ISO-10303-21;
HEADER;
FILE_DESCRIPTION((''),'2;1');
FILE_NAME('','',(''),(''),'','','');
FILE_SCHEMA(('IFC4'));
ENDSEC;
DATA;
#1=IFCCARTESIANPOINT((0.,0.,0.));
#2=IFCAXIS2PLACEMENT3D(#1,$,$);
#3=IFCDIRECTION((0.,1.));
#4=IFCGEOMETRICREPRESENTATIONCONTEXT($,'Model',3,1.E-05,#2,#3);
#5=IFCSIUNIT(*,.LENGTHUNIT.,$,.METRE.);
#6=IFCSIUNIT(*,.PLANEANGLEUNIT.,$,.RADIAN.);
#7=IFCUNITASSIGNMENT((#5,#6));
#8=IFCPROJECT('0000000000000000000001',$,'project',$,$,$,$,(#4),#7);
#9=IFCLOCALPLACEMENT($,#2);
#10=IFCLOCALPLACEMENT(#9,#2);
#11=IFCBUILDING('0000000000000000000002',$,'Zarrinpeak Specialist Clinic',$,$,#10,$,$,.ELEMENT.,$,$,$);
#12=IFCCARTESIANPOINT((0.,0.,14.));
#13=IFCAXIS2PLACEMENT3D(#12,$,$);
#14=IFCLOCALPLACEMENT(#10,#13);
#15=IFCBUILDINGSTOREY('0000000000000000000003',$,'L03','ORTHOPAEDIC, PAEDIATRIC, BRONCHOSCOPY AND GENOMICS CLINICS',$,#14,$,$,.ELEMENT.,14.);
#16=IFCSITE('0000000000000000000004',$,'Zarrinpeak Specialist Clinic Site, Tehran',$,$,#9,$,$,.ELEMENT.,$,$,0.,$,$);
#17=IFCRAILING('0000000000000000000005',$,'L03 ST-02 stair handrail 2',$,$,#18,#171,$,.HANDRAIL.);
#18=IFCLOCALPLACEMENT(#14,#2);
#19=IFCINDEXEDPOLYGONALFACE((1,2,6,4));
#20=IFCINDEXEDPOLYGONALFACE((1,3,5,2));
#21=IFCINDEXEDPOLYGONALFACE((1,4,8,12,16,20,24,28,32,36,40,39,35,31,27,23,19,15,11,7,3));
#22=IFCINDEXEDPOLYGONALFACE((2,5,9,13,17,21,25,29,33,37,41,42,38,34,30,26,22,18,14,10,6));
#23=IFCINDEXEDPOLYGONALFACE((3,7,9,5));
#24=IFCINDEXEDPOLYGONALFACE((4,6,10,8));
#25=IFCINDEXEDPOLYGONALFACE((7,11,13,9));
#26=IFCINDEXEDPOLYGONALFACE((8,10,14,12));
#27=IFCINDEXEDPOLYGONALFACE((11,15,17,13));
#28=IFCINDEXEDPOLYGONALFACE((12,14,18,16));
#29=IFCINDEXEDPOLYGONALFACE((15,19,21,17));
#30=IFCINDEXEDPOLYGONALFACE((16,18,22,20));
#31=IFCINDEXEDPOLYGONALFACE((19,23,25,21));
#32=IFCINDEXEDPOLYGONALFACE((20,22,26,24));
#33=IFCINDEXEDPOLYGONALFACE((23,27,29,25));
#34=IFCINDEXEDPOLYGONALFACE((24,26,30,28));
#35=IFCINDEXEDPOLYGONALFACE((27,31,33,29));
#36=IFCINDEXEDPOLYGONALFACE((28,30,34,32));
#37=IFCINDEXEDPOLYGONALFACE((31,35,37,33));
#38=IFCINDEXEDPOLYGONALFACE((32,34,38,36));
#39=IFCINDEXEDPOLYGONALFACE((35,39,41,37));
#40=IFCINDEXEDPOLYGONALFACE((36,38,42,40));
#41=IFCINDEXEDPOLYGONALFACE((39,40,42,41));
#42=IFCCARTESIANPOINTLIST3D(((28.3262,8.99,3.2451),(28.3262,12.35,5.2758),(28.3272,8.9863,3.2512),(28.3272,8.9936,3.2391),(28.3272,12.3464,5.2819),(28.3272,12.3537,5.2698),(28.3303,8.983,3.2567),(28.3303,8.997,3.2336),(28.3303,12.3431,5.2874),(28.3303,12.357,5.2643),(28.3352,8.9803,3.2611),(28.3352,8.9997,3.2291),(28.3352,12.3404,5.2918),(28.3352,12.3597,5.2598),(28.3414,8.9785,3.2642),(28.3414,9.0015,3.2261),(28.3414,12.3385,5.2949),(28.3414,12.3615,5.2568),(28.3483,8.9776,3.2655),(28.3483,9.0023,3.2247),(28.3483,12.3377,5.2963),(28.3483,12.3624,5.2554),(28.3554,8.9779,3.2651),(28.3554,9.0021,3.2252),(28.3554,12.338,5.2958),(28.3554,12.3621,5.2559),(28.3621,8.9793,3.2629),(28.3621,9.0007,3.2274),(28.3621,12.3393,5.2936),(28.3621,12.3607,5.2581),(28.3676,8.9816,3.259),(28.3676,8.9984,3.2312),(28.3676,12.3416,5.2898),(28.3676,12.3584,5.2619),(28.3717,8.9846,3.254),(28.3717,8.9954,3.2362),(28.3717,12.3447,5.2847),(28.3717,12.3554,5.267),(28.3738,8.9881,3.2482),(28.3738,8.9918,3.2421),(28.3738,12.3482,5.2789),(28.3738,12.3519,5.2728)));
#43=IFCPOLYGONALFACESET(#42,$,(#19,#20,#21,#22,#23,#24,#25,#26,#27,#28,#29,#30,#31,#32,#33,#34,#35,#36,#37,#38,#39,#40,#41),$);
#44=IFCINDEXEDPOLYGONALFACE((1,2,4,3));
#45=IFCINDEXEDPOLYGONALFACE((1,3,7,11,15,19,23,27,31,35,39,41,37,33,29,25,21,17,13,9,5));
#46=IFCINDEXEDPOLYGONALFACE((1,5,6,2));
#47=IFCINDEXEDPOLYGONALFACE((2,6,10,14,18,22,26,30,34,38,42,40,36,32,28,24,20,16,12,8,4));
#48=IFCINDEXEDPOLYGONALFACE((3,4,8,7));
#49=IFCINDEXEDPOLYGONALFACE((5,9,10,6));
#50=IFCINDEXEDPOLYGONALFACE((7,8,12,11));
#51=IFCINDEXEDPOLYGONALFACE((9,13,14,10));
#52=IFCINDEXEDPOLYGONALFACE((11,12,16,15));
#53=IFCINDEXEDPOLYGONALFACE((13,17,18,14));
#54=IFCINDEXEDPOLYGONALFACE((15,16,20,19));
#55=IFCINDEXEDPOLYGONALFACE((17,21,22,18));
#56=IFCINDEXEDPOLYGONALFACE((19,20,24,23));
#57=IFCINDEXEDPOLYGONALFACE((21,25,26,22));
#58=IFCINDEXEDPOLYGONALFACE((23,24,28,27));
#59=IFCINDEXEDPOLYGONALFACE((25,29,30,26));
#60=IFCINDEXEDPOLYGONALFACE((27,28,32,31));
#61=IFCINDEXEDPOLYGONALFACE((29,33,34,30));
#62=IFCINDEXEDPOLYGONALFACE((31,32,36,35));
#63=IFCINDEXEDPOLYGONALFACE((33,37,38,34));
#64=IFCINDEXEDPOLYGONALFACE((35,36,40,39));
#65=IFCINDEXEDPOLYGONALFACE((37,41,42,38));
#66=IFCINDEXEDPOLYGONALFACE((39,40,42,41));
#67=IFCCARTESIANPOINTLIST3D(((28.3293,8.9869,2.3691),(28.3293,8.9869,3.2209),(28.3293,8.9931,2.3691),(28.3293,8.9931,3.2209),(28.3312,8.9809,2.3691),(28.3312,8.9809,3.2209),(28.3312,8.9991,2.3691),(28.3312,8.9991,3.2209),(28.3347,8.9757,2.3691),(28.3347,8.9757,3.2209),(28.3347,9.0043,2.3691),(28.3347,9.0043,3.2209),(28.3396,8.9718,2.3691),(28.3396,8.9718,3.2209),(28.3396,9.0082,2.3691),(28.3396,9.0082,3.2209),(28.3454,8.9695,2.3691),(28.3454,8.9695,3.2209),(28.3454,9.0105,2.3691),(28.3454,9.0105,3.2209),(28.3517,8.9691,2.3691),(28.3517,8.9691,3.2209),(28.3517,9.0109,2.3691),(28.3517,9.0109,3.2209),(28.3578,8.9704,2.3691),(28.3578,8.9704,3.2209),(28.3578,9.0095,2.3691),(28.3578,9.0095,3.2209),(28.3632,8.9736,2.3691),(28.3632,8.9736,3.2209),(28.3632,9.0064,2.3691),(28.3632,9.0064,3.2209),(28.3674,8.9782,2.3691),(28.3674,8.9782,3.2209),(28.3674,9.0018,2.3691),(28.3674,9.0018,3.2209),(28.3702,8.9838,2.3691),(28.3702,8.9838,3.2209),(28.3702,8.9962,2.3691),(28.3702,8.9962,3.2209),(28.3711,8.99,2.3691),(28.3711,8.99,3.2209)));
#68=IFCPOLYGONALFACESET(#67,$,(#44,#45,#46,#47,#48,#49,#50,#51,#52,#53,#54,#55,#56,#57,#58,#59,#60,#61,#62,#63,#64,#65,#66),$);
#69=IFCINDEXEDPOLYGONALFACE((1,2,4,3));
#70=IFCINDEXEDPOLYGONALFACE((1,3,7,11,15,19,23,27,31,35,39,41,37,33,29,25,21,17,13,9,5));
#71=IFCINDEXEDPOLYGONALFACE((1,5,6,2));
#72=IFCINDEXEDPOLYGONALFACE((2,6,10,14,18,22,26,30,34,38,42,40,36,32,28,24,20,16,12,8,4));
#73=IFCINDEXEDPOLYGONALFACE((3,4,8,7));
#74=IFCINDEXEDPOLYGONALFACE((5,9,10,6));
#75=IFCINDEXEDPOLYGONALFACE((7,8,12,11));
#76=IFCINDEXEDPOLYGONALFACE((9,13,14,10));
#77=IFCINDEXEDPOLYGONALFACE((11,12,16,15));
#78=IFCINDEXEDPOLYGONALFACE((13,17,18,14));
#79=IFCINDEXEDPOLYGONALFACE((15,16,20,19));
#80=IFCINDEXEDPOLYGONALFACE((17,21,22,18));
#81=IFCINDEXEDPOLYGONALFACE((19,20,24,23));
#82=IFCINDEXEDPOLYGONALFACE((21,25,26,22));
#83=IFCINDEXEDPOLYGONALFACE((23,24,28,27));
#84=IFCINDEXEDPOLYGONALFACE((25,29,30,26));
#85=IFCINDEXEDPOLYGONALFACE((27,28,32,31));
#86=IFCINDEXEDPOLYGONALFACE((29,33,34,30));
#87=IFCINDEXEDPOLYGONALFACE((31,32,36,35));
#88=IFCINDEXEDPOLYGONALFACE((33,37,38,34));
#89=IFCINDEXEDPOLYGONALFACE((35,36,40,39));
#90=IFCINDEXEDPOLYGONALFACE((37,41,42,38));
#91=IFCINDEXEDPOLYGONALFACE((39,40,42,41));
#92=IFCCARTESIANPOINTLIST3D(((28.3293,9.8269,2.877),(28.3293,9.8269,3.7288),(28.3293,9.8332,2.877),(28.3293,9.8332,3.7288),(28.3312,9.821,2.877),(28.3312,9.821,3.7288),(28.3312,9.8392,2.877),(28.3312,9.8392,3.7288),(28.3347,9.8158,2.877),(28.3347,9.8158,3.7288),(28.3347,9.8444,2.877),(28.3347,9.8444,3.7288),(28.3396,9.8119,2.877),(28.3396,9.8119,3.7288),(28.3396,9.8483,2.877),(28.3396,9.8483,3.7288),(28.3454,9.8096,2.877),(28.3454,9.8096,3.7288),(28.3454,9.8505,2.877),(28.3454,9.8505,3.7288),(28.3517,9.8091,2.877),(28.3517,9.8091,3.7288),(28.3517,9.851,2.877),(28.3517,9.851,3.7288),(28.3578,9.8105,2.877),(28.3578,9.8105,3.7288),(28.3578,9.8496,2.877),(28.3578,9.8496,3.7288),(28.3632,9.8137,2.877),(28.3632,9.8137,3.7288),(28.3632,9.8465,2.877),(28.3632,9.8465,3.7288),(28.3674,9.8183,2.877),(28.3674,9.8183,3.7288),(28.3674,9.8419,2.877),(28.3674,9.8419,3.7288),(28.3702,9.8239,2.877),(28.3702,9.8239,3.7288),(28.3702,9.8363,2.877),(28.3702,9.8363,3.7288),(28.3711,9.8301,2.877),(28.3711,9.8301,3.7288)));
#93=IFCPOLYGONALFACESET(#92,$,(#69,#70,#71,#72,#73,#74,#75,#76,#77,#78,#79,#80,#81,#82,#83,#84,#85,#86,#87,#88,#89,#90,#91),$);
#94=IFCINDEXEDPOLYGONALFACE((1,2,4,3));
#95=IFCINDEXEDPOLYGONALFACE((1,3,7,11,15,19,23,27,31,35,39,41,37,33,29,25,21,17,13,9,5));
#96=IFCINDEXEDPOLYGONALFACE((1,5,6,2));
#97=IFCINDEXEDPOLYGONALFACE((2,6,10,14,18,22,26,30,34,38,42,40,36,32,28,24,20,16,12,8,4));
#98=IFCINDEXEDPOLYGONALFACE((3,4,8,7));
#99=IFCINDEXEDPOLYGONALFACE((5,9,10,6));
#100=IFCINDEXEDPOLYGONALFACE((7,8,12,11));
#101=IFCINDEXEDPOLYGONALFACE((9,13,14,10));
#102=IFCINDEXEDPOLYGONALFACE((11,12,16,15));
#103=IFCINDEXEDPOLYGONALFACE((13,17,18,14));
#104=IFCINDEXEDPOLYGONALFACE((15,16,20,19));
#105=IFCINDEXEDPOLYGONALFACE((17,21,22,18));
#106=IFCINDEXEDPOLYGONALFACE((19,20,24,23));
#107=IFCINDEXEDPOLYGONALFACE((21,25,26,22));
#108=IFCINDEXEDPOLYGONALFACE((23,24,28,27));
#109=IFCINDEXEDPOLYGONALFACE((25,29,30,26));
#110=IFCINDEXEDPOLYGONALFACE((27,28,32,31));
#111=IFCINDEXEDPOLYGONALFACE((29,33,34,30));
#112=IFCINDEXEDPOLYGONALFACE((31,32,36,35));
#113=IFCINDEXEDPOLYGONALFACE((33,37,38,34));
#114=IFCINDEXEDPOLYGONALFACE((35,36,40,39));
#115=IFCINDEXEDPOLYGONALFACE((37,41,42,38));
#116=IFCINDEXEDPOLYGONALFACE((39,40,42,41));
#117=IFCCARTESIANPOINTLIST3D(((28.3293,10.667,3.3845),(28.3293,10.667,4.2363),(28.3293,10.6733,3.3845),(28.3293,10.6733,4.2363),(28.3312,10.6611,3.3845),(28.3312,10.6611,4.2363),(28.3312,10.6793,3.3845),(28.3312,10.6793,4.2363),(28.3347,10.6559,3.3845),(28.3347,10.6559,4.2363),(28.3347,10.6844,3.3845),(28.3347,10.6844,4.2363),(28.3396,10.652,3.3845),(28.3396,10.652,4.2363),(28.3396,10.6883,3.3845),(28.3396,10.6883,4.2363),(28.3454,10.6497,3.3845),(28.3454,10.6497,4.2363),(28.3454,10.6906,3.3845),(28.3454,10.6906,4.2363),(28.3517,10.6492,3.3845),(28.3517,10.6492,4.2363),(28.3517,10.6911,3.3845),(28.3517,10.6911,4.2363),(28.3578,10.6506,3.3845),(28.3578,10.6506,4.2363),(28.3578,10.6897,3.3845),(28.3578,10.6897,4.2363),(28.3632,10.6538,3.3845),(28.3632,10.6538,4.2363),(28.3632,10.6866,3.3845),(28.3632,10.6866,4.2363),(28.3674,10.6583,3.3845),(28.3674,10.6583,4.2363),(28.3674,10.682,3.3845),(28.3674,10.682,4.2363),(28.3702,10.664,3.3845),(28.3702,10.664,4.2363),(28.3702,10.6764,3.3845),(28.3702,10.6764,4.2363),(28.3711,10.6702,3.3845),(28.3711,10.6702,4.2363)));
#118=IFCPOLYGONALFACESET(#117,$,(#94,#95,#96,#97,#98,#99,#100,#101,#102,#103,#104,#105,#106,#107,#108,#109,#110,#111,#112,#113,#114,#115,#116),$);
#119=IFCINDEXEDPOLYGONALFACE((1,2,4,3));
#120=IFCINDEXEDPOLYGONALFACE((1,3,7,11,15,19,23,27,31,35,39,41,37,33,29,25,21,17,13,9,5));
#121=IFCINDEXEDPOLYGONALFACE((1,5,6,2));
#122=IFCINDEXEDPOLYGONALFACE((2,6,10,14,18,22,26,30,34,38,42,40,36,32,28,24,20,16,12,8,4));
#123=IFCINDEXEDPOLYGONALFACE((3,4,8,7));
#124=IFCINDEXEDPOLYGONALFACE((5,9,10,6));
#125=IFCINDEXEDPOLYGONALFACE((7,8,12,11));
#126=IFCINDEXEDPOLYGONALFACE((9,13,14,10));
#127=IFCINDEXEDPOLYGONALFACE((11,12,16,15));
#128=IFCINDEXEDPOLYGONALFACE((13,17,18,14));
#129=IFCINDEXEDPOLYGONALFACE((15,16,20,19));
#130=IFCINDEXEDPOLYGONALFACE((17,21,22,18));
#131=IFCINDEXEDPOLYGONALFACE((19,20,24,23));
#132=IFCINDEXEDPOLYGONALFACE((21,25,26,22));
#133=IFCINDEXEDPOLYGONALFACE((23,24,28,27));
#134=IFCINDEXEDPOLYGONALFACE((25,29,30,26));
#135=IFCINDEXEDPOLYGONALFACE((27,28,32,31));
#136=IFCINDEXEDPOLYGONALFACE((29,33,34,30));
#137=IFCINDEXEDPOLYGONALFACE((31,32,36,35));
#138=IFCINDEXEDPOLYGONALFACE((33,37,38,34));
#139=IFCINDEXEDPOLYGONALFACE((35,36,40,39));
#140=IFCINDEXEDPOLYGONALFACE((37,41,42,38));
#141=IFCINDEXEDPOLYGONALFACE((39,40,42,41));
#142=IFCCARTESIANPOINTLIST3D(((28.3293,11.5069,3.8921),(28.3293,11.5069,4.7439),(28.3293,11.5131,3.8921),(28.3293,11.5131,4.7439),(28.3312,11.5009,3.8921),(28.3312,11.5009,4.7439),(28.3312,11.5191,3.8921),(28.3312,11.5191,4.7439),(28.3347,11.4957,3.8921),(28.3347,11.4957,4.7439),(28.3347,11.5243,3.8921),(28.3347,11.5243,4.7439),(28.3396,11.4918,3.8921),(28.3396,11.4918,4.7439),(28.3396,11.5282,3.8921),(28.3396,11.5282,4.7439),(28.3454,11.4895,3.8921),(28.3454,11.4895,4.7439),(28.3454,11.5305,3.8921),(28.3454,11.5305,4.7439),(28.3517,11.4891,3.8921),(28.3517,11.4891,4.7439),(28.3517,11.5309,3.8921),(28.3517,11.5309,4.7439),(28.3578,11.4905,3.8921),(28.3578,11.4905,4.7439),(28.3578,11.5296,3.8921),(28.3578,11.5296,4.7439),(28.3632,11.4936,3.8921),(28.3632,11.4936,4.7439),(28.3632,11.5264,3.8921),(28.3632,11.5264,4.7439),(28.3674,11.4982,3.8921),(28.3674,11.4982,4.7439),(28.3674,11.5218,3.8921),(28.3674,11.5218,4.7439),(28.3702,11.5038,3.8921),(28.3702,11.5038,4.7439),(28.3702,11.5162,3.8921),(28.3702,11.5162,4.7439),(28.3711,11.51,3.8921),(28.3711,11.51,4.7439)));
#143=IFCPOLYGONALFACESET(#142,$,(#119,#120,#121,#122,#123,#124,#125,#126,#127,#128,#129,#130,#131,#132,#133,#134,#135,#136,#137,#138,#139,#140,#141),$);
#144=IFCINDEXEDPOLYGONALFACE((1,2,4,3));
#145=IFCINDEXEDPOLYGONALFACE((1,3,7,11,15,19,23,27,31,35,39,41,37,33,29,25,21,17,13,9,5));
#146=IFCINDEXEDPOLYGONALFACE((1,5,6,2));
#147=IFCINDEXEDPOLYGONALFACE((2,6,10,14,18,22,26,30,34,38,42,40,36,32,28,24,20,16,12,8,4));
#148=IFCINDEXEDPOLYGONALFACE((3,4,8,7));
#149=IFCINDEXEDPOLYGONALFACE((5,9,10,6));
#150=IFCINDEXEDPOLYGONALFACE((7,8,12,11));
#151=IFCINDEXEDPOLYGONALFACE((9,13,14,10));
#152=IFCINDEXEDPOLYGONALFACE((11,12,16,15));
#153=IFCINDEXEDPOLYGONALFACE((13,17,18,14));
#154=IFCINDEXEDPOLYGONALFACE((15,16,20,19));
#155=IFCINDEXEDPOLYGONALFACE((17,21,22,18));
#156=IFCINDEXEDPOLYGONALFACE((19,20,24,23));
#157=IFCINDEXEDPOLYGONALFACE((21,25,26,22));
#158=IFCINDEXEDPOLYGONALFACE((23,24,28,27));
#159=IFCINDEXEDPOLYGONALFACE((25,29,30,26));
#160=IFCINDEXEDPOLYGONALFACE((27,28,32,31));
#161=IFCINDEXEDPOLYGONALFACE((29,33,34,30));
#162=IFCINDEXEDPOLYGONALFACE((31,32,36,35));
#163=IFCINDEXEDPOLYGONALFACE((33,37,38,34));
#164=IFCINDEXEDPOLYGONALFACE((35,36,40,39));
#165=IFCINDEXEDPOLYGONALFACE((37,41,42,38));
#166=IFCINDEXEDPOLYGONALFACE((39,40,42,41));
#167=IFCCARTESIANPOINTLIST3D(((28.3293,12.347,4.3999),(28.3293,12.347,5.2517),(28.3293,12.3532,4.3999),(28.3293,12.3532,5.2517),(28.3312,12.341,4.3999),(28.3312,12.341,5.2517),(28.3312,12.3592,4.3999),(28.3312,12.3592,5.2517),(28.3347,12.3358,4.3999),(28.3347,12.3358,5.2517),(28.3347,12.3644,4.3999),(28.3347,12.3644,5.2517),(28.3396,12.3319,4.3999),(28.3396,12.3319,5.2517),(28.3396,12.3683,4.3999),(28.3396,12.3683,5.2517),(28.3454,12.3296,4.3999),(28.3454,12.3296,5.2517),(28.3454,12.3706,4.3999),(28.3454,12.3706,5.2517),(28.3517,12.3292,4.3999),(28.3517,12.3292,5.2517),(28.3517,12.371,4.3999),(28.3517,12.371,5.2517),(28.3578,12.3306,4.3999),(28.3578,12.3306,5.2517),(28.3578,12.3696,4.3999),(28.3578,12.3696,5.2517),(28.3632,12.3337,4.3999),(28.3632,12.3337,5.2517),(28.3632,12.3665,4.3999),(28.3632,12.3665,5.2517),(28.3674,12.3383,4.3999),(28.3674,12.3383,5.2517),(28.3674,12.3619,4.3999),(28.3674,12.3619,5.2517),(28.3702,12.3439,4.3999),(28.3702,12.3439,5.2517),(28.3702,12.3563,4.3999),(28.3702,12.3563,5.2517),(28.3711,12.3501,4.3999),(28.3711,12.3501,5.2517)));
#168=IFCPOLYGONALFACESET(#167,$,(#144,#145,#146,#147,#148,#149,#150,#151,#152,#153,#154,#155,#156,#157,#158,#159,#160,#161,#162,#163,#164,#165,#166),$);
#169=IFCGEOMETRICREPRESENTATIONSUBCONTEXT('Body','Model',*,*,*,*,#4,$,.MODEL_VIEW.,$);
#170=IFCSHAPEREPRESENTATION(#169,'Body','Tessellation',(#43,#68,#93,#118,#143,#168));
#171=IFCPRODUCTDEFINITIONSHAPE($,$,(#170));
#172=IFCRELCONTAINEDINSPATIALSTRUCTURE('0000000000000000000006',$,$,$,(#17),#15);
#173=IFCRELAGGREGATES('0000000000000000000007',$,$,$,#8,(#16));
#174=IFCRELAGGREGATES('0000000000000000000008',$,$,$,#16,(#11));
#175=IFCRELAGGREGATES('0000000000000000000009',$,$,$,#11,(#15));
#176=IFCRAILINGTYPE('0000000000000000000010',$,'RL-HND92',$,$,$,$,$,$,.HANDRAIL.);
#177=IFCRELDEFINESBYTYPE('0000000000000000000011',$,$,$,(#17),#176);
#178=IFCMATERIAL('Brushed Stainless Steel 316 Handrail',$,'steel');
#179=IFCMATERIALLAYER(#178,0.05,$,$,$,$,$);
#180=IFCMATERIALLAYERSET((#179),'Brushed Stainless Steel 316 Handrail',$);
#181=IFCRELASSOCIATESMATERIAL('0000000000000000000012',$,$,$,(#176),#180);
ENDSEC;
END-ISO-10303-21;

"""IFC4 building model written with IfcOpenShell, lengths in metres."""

from ifc_helpers import new_model, si_unit, direction, frame, origin, origin_2d, place, context, subcontext, project, spatial, circle, extrude, material, layer, layer_set, type_object, element, save


model = new_model("IFC4")

# Units and contexts
model_context = context("Model", 3, precision=1e-05, world=origin(), true_north=direction((0.0, 1.0)))
body_context = subcontext(model_context, "Body", "Model", "MODEL_VIEW")
ifc_project = project(units=[si_unit("LENGTHUNIT", "METRE"), si_unit("PLANEANGLEUNIT", "RADIAN")], contexts=[model_context])

# Site, building, storey
site_placement = place(None, origin())
site = spatial("IfcSite", under=ifc_project, at=site_placement, Name="Zarrinpeak Specialist Clinic Site, Tehran", CompositionType="ELEMENT", RefElevation=0.0)
building_placement = place(site_placement, origin())
building = spatial("IfcBuilding", under=site, at=building_placement, Name="Zarrinpeak Specialist Clinic", CompositionType="ELEMENT")
storey_placement = place(building_placement, frame((0.0, 0.0, 14.0)))
storey = spatial("IfcBuildingStorey", under=building, at=storey_placement, Name="L03", Description="ORTHOPAEDIC, PAEDIATRIC, BRONCHOSCOPY AND GENOMICS CLINICS", CompositionType="ELEMENT", Elevation=14.0)

# Railing
ifc_material_1 = material(Name="Brushed Stainless Steel 316 Handrail", Category="steel")
ifc_layer_1 = layer(ifc_material_1, 0.05)
ifc_layer_set_1 = layer_set([ifc_layer_1], Name="Brushed Stainless Steel 316 Handrail")
railing_type_1 = type_object("IfcRailingType", Name="RL-HND92", PredefinedType="HANDRAIL", material=ifc_layer_set_1)
railing_1_placement = place(storey_placement, frame((28.3501, 8.99, 2.3691)))
element("IfcRailing", 1, at=railing_1_placement, inside=storey, type_object=railing_type_1, Name="L03 ST-02 stair handrail 2", PredefinedType="HANDRAIL", context=body_context, shape_type="SweptSolid", body=[
    extrude(circle(Radius=0.0239, at=origin_2d()), frame((0.0, 0.0, 0.876), z_axis=(0.0, 0.855837, 0.517246), x_axis=(-1.0, 0.0, 0.0)), (0.0, 0.0, 1.0), 3.926),
    extrude(circle(Radius=0.021, at=origin_2d()), origin(), (0.0, 0.0, 1.0), 0.8518),
    extrude(circle(Radius=0.021, at=origin_2d()), frame((0.0, 0.8401, 0.5078)), (0.0, 0.0, 1.0), 0.8518),
    extrude(circle(Radius=0.021, at=origin_2d()), frame((0.0, 1.6802, 1.0154)), (0.0, 0.0, 1.0), 0.8518),
    extrude(circle(Radius=0.021, at=origin_2d()), frame((0.0, 2.52, 1.5229)), (0.0, 0.0, 1.0), 0.8518),
    extrude(circle(Radius=0.021, at=origin_2d()), frame((0.0, 3.3601, 2.0308)), (0.0, 0.0, 1.0), 0.8518),
])

save(model, "model.ifc")
